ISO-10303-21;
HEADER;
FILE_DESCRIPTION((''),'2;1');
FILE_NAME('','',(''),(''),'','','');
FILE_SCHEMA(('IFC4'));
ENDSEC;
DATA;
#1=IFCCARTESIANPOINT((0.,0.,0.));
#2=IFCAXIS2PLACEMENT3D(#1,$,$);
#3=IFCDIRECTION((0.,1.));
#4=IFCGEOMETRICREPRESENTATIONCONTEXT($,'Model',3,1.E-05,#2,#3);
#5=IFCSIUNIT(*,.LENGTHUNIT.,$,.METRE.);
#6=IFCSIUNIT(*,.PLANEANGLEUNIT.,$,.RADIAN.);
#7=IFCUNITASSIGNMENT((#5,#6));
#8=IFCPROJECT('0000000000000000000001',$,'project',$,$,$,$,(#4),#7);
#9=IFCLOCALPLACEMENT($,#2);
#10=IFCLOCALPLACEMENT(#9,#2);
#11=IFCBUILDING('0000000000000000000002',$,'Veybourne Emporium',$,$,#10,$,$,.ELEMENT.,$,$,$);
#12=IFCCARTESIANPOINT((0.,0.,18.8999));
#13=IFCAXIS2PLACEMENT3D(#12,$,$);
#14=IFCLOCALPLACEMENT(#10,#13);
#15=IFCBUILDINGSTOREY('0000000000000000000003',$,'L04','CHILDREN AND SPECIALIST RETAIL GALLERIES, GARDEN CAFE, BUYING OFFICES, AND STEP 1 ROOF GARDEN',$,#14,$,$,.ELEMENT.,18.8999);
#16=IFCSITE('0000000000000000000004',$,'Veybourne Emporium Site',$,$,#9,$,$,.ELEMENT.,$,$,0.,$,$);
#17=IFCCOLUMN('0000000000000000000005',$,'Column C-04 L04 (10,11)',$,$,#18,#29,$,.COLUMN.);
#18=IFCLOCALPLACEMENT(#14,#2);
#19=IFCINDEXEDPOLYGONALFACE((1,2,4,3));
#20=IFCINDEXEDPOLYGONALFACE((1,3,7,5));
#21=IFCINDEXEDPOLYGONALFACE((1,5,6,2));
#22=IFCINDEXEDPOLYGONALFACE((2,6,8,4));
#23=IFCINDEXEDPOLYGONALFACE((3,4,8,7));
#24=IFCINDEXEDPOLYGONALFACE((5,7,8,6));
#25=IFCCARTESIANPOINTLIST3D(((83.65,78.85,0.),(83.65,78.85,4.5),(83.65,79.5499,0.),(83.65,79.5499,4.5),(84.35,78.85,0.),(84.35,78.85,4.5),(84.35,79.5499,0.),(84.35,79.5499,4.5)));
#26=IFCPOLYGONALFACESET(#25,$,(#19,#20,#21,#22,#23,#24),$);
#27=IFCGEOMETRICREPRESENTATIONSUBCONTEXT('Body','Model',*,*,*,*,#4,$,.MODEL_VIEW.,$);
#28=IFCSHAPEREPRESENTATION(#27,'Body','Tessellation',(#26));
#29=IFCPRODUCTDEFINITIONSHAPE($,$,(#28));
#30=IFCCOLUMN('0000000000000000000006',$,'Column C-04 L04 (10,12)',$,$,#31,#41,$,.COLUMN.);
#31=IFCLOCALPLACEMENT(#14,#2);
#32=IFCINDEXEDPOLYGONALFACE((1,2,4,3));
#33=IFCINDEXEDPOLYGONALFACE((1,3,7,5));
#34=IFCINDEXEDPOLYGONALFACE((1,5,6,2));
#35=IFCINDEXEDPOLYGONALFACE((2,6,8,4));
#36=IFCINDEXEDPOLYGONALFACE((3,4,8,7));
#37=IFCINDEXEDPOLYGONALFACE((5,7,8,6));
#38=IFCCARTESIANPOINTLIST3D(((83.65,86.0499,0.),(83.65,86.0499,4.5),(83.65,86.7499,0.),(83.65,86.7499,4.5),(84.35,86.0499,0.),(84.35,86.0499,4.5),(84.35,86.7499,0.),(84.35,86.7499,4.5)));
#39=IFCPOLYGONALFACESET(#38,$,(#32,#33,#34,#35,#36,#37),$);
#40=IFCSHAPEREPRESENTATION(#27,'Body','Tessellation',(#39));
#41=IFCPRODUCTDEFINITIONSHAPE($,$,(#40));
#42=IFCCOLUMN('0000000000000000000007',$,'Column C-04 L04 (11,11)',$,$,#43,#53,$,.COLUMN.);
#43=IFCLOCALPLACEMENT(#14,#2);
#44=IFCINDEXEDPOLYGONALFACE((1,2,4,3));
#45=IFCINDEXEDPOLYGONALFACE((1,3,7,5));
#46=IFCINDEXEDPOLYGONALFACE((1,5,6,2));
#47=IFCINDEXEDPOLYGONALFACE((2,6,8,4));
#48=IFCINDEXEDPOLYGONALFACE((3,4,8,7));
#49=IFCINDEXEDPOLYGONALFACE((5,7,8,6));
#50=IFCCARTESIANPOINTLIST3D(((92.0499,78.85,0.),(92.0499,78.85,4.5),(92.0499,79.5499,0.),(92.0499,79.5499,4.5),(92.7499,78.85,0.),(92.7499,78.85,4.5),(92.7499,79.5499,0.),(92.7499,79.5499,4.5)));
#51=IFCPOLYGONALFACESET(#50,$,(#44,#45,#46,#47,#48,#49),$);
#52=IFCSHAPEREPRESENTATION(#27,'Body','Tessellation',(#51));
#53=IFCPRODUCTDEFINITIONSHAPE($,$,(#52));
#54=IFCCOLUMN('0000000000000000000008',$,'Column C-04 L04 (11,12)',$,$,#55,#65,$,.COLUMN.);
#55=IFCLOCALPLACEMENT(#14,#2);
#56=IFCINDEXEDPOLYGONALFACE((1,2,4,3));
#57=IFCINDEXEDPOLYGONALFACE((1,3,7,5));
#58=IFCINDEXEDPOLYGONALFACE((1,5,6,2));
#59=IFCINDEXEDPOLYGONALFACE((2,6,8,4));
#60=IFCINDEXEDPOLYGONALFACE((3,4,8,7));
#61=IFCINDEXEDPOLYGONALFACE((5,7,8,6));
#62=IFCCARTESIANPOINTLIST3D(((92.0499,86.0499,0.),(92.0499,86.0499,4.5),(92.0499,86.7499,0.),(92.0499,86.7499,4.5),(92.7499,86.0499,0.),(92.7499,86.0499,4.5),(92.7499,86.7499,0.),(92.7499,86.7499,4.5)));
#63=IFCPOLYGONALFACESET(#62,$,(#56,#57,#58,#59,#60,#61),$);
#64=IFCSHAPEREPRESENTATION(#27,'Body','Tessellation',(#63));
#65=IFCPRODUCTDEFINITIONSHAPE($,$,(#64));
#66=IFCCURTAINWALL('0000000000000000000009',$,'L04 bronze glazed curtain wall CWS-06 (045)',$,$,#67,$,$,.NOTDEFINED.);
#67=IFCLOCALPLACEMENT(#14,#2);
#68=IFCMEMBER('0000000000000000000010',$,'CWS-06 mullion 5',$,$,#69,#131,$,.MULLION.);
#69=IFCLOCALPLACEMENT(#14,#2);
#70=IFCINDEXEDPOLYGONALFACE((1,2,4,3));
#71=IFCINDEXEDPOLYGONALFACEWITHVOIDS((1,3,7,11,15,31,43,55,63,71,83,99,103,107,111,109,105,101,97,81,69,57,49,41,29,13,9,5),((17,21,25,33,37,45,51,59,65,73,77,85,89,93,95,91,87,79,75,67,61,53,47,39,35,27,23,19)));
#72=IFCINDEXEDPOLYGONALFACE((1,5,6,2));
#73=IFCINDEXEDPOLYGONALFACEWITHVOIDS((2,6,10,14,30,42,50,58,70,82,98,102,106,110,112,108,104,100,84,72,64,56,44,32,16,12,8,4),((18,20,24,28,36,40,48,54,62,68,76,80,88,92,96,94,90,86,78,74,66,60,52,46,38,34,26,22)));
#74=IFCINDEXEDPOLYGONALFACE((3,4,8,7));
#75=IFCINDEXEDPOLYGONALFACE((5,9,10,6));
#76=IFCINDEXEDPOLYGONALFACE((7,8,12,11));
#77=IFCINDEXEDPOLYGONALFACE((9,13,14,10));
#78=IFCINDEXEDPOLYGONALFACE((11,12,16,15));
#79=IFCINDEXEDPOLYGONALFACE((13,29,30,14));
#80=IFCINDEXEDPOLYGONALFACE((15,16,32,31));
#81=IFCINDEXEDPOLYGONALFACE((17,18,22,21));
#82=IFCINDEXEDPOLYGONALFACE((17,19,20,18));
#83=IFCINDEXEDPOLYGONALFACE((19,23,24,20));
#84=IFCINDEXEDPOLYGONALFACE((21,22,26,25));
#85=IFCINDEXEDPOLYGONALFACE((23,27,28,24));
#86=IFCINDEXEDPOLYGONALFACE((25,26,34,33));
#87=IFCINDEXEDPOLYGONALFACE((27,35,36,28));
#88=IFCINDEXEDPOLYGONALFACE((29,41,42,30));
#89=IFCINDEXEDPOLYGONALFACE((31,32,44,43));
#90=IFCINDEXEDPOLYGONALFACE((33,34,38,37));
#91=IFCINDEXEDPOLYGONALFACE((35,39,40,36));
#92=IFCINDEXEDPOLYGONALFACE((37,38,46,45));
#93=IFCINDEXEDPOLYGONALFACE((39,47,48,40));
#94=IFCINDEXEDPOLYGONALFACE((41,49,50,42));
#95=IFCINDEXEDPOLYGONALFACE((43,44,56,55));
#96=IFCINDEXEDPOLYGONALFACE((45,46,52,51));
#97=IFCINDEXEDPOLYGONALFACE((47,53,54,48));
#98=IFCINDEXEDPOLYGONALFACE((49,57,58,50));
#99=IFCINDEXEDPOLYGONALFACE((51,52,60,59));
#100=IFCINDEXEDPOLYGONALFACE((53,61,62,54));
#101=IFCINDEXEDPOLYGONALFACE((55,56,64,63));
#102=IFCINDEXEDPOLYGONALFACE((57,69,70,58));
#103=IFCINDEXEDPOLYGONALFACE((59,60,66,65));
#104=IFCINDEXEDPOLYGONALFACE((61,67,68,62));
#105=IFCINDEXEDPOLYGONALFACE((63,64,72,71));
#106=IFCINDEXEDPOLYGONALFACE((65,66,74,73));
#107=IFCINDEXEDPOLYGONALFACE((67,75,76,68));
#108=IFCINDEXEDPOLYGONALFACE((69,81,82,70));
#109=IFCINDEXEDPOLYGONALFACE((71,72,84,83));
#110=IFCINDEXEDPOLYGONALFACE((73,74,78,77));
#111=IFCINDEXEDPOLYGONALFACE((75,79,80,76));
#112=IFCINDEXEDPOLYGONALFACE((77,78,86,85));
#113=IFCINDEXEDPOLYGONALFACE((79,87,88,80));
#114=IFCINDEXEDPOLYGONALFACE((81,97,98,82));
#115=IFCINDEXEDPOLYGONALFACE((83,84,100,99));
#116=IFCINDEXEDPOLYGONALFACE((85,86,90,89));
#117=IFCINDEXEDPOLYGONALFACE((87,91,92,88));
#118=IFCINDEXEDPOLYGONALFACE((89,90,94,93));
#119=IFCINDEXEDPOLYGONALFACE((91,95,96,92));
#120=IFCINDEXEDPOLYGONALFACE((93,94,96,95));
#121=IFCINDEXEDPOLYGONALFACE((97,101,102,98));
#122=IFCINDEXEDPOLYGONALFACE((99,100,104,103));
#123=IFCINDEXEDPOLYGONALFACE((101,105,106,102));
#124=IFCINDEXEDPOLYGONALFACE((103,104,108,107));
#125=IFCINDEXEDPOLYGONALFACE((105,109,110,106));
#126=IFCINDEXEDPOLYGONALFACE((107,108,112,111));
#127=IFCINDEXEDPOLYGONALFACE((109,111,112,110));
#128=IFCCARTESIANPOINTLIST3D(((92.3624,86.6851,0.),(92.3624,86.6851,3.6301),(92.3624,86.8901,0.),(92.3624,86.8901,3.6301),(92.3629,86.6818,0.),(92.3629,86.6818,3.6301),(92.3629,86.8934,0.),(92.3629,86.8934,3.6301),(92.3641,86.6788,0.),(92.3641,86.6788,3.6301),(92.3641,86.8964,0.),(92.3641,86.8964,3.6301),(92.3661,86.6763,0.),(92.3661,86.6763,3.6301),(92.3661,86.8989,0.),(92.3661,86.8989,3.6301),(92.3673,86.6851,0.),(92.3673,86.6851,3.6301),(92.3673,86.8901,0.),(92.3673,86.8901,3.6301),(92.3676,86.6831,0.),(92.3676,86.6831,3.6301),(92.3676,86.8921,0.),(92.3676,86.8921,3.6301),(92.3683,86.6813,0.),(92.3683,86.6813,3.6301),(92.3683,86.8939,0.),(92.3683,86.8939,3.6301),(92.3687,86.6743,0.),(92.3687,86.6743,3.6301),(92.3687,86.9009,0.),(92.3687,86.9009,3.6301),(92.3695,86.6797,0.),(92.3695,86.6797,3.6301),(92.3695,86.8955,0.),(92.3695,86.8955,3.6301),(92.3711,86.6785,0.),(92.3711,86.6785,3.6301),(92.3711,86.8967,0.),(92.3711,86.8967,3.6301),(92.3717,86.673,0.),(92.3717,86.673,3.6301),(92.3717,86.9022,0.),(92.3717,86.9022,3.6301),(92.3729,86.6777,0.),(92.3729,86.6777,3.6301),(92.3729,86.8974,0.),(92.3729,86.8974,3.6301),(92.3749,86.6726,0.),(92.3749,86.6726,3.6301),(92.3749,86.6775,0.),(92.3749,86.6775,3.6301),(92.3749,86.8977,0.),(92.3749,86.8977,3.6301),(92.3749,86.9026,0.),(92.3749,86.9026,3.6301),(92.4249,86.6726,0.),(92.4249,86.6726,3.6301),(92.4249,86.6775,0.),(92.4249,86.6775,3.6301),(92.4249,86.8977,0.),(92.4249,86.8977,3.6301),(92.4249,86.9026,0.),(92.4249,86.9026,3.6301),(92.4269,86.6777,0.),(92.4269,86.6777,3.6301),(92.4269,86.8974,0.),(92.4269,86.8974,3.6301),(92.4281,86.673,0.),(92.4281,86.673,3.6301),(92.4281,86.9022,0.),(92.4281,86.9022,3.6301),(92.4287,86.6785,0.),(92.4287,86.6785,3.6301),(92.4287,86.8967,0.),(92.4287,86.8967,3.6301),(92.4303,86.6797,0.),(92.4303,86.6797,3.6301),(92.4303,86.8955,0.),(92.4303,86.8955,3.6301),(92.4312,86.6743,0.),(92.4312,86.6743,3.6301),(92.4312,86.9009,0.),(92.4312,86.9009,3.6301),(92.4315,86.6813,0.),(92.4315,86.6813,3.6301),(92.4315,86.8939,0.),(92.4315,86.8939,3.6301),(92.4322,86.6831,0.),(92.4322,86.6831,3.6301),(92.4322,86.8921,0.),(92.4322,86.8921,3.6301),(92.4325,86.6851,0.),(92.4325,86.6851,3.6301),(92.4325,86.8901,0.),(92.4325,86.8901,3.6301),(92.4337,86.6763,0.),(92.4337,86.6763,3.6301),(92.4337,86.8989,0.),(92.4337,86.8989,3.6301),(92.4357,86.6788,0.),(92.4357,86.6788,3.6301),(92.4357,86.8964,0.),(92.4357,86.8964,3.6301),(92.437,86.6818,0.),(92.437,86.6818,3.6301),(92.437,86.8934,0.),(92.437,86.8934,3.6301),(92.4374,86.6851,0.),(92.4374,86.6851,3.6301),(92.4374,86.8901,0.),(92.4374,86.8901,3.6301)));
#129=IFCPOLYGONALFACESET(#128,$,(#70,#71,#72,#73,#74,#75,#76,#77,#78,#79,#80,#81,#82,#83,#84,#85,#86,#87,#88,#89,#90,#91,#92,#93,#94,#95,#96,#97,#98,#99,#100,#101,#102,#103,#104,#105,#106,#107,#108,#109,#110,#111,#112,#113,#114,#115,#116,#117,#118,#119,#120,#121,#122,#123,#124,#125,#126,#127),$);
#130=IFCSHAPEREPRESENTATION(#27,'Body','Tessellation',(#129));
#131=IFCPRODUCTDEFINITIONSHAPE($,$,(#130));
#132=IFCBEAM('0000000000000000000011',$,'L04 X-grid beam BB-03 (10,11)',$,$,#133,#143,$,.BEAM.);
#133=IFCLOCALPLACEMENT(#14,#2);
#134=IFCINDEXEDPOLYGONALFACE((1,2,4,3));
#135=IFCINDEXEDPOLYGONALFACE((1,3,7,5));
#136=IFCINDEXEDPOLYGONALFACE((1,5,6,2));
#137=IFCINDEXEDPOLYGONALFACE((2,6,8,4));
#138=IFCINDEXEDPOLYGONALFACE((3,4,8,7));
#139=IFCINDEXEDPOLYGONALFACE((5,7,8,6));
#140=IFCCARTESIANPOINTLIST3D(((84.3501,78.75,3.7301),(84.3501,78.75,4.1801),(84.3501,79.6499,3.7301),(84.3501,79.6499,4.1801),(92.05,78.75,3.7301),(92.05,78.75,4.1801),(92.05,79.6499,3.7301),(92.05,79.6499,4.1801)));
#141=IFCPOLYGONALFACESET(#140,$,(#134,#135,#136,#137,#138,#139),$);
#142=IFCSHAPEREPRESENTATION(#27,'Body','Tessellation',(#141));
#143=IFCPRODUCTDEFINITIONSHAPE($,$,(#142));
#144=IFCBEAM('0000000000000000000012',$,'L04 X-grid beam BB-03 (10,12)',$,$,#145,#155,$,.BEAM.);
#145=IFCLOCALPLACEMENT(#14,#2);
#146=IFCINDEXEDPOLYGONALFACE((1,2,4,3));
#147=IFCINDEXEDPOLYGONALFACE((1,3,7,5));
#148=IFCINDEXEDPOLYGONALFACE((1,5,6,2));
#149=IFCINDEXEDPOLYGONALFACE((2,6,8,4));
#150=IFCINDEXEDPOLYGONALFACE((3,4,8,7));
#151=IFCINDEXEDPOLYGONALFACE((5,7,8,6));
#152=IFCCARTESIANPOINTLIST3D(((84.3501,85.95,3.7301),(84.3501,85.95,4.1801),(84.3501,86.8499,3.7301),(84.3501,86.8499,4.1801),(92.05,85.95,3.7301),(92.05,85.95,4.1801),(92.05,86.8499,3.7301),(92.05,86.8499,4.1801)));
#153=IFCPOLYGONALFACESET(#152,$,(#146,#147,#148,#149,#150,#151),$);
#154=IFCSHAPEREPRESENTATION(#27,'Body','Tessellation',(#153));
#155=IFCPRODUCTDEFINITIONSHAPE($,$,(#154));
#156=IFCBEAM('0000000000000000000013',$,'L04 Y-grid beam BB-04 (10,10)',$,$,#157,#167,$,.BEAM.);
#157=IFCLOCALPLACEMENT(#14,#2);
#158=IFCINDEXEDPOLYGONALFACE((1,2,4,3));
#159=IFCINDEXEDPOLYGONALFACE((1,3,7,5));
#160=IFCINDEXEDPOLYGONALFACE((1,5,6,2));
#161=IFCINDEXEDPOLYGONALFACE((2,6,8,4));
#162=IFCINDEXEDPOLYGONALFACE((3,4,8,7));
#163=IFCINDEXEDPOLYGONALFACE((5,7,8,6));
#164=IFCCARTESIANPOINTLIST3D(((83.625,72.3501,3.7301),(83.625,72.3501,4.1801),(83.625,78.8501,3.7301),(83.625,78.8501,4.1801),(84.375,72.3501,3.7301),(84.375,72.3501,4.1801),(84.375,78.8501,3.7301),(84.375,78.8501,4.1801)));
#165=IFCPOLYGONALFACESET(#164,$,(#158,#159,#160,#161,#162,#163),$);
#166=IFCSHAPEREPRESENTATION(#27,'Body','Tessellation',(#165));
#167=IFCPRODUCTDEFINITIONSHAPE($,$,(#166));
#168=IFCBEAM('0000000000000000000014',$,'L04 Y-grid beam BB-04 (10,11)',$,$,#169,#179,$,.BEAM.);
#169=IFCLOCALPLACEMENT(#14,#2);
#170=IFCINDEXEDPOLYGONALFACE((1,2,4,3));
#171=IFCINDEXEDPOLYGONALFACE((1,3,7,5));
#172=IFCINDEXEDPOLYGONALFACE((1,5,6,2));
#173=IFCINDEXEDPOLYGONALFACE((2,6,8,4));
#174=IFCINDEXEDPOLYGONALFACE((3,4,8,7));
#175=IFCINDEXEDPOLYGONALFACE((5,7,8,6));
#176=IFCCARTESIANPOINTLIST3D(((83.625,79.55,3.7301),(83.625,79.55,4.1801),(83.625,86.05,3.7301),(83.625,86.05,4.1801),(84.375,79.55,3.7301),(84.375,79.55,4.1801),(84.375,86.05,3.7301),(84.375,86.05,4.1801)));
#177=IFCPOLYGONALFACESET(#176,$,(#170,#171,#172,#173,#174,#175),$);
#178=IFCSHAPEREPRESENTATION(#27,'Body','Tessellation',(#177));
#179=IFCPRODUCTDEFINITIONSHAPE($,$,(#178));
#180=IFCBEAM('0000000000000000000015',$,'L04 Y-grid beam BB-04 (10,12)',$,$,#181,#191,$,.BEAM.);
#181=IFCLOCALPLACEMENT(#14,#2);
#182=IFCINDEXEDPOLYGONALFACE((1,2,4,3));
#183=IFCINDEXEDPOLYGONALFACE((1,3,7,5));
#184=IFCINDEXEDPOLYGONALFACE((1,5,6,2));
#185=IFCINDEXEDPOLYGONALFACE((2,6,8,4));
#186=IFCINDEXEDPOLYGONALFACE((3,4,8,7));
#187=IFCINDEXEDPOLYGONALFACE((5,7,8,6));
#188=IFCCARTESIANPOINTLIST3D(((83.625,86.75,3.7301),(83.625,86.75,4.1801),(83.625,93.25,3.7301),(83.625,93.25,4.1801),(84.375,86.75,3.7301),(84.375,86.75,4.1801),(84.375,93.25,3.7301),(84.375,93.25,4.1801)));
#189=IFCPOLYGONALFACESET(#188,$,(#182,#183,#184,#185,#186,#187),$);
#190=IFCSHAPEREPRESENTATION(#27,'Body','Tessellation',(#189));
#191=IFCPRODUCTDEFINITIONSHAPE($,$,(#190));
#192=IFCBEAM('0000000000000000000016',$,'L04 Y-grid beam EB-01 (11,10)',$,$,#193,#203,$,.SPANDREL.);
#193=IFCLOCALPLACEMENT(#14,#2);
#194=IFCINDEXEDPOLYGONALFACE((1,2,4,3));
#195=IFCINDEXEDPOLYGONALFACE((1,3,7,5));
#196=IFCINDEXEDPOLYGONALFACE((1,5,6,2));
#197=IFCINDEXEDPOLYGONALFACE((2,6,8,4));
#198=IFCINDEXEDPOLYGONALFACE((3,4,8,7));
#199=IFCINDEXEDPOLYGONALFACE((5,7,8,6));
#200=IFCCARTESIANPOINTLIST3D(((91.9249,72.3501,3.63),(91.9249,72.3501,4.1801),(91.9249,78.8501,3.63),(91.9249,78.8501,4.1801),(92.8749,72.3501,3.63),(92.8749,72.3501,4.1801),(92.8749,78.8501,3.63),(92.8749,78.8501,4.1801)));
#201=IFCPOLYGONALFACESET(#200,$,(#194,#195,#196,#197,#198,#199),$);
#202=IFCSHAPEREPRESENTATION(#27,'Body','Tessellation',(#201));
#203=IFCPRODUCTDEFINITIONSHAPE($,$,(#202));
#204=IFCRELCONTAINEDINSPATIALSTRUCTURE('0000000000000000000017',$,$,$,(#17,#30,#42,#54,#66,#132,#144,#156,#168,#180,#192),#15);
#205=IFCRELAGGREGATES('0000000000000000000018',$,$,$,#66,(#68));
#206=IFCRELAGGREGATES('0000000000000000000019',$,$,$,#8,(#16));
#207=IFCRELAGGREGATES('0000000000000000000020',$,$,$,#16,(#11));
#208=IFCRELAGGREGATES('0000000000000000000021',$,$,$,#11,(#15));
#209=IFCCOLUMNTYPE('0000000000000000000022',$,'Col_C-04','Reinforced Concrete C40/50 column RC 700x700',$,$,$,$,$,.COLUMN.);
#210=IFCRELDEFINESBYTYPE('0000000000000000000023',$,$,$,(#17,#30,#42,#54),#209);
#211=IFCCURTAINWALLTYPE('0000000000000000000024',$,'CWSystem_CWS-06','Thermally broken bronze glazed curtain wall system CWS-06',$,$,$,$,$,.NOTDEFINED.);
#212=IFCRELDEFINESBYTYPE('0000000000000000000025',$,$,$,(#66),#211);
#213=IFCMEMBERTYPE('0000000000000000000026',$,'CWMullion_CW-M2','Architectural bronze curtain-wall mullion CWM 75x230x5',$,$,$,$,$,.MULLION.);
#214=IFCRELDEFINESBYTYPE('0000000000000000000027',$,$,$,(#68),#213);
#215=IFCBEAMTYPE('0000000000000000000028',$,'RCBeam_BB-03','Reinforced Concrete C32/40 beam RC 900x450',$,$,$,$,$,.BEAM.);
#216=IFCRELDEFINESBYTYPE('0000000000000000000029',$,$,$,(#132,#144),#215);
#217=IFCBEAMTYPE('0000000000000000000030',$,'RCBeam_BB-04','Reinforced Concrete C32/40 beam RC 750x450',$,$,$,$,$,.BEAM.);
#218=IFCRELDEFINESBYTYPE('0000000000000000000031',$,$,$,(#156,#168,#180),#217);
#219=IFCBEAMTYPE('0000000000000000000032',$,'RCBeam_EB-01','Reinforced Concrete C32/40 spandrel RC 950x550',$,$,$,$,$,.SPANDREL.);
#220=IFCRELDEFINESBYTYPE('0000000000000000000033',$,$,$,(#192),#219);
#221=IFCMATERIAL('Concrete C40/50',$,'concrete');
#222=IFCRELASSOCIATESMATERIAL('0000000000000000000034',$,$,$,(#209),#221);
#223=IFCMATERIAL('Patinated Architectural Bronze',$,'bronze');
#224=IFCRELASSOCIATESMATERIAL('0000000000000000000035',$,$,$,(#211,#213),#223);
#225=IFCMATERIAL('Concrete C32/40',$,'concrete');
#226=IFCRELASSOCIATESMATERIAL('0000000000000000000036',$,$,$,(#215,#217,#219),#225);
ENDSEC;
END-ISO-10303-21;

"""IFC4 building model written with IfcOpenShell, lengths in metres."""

from ifc_helpers import new_model, si_unit, direction, frame, origin, origin_2d, place, context, subcontext, project, spatial, rectangle, hollow_rectangle, extrude, material, material_profile, profile_set, type_object, element, aggregate, save


model = new_model("IFC4")

# Units and contexts
model_context = context("Model", 3, precision=1e-05, world=origin(), true_north=direction((0.0, 1.0)))
body_context = subcontext(model_context, "Body", "Model", "MODEL_VIEW")
ifc_project = project(units=[si_unit("LENGTHUNIT", "METRE"), si_unit("PLANEANGLEUNIT", "RADIAN")], contexts=[model_context])

# Site, building, storey
site_placement = place(None, origin())
site = spatial("IfcSite", under=ifc_project, at=site_placement, Name="Veybourne Emporium Site", CompositionType="ELEMENT", RefElevation=0.0)
building_placement = place(site_placement, origin())
building = spatial("IfcBuilding", under=site, at=building_placement, Name="Veybourne Emporium", CompositionType="ELEMENT")
storey_placement = place(building_placement, frame((0.0, 0.0, 18.8999)))
storey = spatial("IfcBuildingStorey", under=building, at=storey_placement, Name="L04", Description="CHILDREN AND SPECIALIST RETAIL GALLERIES, GARDEN CAFE, BUYING OFFICES, AND STEP 1 ROOF GARDEN", CompositionType="ELEMENT", Elevation=18.8999)

# Columns
ifc_material_1 = material(Name="Concrete C40/50", Category="concrete")
ifc_material_profile_1 = material_profile(ifc_material_1, rectangle(XDim=0.7, YDim=0.7, at=origin_2d()), Name="RC 700x700")
ifc_profile_set_1 = profile_set([ifc_material_profile_1], Name="Concrete C40/50")
column_type = type_object("IfcColumnType", Name="Col_C-04", Description="Reinforced Concrete C40/50 column RC 700x700", PredefinedType="COLUMN", material=ifc_profile_set_1)
for number, where, z_axis, x_axis, name in (
    (1, (84.0, 79.2, 0.0), (0.0, 0.0, 1.0), (1.0, 0.0, 0.0), "Column C-04 L04 (10,11)"),
    (2, (84.0, 86.3999, 0.0), (0.0, 0.0, 1.0), (1.0, 0.0, 0.0), "Column C-04 L04 (10,12)"),
    (3, (92.3999, 79.2, 0.0), (0.0, 0.0, 1.0), (1.0, 0.0, 0.0), "Column C-04 L04 (11,11)"),
    (4, (92.3999, 86.3999, 0.0), (0.0, 0.0, 1.0), (1.0, 0.0, 0.0), "Column C-04 L04 (11,12)"),
):
    element("IfcColumn", number, at=place(storey_placement, frame(where, z_axis=z_axis, x_axis=x_axis)), inside=storey, type_object=column_type, Name=name, PredefinedType="COLUMN", context=body_context, shape_type="SweptSolid", body=[
        extrude(rectangle(XDim=0.7, YDim=0.7, at=origin_2d()), origin(), (0.0, 0.0, 1.0), 4.5),
    ])

# Curtain wall, member
ifc_material_2 = material(Name="Patinated Architectural Bronze", Category="bronze")
curtain_wall_type = type_object("IfcCurtainWallType", Name="CWSystem_CWS-06", Description="Thermally broken bronze glazed curtain wall system CWS-06", PredefinedType="NOTDEFINED", material=ifc_material_2)
curtain_wall_placement = place(storey_placement, origin())
curtain_wall = element("IfcCurtainWall", 5, at=curtain_wall_placement, inside=storey, type_object=curtain_wall_type, Name="L04 bronze glazed curtain wall CWS-06 (045)", PredefinedType="NOTDEFINED")
ifc_material_profile_2 = material_profile(ifc_material_2, hollow_rectangle(XDim=0.075, YDim=0.23, WallThickness=0.0049, InnerFilletRadius=0.0076, OuterFilletRadius=0.0125, at=origin_2d()), Name="CWM 75x230x5")
ifc_profile_set_2 = profile_set([ifc_material_profile_2], Name="Patinated Architectural Bronze")
member_type = type_object("IfcMemberType", Name="CWMullion_CW-M2", Description="Architectural bronze curtain-wall mullion CWM 75x230x5", PredefinedType="MULLION", material=ifc_profile_set_2)
member_placement = place(storey_placement, frame((92.3999, 86.7876, 0.0), z_axis=(0.0, 0.0, 1.0), x_axis=(1.0, 0.0, 0.0)))
member = element("IfcMember", 6, at=member_placement, type_object=member_type, Name="CWS-06 mullion 5", PredefinedType="MULLION", context=body_context, shape_type="SweptSolid", body=[
    extrude(hollow_rectangle(XDim=0.075, YDim=0.23, WallThickness=0.0049, InnerFilletRadius=0.0076, OuterFilletRadius=0.0125, at=origin_2d()), origin(), (0.0, 0.0, 1.0), 3.6301),
])

# Beams
ifc_material_3 = material(Name="Concrete C32/40", Category="concrete")
ifc_material_profile_3 = material_profile(ifc_material_3, rectangle(XDim=0.8999, YDim=0.45, at=origin_2d()), Name="RC 900x450")
ifc_profile_set_3 = profile_set([ifc_material_profile_3], Name="Concrete C32/40")
beam_type_1 = type_object("IfcBeamType", Name="RCBeam_BB-03", Description="Reinforced Concrete C32/40 beam RC 900x450", PredefinedType="BEAM", material=ifc_profile_set_3)
for number, where, z_axis, x_axis, name in (
    (7, (84.3501, 79.2, 3.9551), (1.0, 0.0, 0.0), (0.0, 1.0, 0.0), "L04 X-grid beam BB-03 (10,11)"),
    (8, (84.3501, 86.3999, 3.9551), (1.0, 0.0, 0.0), (0.0, 1.0, 0.0), "L04 X-grid beam BB-03 (10,12)"),
):
    element("IfcBeam", number, at=place(storey_placement, frame(where, z_axis=z_axis, x_axis=x_axis)), inside=storey, type_object=beam_type_1, Name=name, PredefinedType="BEAM", context=body_context, shape_type="SweptSolid", body=[
        extrude(rectangle(XDim=0.8999, YDim=0.45, at=origin_2d()), origin(), (0.0, 0.0, 1.0), 7.7),
    ])
ifc_material_profile_4 = material_profile(ifc_material_3, rectangle(XDim=0.75, YDim=0.45, at=origin_2d()), Name="RC 750x450")
ifc_profile_set_4 = profile_set([ifc_material_profile_4], Name="Concrete C32/40")
beam_type_2 = type_object("IfcBeamType", Name="RCBeam_BB-04", Description="Reinforced Concrete C32/40 beam RC 750x450", PredefinedType="BEAM", material=ifc_profile_set_4)
for number, where, z_axis, x_axis, name in (
    (9, (84.0, 72.3501, 3.9551), (0.0, 1.0, 0.0), (-1.0, 0.0, 0.0), "L04 Y-grid beam BB-04 (10,10)"),
    (10, (84.0, 79.55, 3.9551), (0.0, 1.0, 0.0), (-1.0, 0.0, 0.0), "L04 Y-grid beam BB-04 (10,11)"),
    (11, (84.0, 86.75, 3.9551), (0.0, 1.0, 0.0), (-1.0, 0.0, 0.0), "L04 Y-grid beam BB-04 (10,12)"),
):
    element("IfcBeam", number, at=place(storey_placement, frame(where, z_axis=z_axis, x_axis=x_axis)), inside=storey, type_object=beam_type_2, Name=name, PredefinedType="BEAM", context=body_context, shape_type="SweptSolid", body=[
        extrude(rectangle(XDim=0.75, YDim=0.45, at=origin_2d()), origin(), (0.0, 0.0, 1.0), 6.5),
    ])
ifc_material_profile_5 = material_profile(ifc_material_3, rectangle(XDim=0.95, YDim=0.55, at=origin_2d()), Name="RC 950x550")
ifc_profile_set_5 = profile_set([ifc_material_profile_5], Name="Concrete C32/40")
beam_type_3 = type_object("IfcBeamType", Name="RCBeam_EB-01", Description="Reinforced Concrete C32/40 spandrel RC 950x550", PredefinedType="SPANDREL", material=ifc_profile_set_5)
for number, where, z_axis, x_axis, name in (
    (12, (92.3999, 72.3501, 3.905), (0.0, 1.0, 0.0), (-1.0, 0.0, 0.0), "L04 Y-grid beam EB-01 (11,10)"),
):
    element("IfcBeam", number, at=place(storey_placement, frame(where, z_axis=z_axis, x_axis=x_axis)), inside=storey, type_object=beam_type_3, Name=name, PredefinedType="SPANDREL", context=body_context, shape_type="SweptSolid", body=[
        extrude(rectangle(XDim=0.95, YDim=0.55, at=origin_2d()), origin(), (0.0, 0.0, 1.0), 6.5),
    ])

aggregate(curtain_wall, [member])

save(model, "model.ifc")
